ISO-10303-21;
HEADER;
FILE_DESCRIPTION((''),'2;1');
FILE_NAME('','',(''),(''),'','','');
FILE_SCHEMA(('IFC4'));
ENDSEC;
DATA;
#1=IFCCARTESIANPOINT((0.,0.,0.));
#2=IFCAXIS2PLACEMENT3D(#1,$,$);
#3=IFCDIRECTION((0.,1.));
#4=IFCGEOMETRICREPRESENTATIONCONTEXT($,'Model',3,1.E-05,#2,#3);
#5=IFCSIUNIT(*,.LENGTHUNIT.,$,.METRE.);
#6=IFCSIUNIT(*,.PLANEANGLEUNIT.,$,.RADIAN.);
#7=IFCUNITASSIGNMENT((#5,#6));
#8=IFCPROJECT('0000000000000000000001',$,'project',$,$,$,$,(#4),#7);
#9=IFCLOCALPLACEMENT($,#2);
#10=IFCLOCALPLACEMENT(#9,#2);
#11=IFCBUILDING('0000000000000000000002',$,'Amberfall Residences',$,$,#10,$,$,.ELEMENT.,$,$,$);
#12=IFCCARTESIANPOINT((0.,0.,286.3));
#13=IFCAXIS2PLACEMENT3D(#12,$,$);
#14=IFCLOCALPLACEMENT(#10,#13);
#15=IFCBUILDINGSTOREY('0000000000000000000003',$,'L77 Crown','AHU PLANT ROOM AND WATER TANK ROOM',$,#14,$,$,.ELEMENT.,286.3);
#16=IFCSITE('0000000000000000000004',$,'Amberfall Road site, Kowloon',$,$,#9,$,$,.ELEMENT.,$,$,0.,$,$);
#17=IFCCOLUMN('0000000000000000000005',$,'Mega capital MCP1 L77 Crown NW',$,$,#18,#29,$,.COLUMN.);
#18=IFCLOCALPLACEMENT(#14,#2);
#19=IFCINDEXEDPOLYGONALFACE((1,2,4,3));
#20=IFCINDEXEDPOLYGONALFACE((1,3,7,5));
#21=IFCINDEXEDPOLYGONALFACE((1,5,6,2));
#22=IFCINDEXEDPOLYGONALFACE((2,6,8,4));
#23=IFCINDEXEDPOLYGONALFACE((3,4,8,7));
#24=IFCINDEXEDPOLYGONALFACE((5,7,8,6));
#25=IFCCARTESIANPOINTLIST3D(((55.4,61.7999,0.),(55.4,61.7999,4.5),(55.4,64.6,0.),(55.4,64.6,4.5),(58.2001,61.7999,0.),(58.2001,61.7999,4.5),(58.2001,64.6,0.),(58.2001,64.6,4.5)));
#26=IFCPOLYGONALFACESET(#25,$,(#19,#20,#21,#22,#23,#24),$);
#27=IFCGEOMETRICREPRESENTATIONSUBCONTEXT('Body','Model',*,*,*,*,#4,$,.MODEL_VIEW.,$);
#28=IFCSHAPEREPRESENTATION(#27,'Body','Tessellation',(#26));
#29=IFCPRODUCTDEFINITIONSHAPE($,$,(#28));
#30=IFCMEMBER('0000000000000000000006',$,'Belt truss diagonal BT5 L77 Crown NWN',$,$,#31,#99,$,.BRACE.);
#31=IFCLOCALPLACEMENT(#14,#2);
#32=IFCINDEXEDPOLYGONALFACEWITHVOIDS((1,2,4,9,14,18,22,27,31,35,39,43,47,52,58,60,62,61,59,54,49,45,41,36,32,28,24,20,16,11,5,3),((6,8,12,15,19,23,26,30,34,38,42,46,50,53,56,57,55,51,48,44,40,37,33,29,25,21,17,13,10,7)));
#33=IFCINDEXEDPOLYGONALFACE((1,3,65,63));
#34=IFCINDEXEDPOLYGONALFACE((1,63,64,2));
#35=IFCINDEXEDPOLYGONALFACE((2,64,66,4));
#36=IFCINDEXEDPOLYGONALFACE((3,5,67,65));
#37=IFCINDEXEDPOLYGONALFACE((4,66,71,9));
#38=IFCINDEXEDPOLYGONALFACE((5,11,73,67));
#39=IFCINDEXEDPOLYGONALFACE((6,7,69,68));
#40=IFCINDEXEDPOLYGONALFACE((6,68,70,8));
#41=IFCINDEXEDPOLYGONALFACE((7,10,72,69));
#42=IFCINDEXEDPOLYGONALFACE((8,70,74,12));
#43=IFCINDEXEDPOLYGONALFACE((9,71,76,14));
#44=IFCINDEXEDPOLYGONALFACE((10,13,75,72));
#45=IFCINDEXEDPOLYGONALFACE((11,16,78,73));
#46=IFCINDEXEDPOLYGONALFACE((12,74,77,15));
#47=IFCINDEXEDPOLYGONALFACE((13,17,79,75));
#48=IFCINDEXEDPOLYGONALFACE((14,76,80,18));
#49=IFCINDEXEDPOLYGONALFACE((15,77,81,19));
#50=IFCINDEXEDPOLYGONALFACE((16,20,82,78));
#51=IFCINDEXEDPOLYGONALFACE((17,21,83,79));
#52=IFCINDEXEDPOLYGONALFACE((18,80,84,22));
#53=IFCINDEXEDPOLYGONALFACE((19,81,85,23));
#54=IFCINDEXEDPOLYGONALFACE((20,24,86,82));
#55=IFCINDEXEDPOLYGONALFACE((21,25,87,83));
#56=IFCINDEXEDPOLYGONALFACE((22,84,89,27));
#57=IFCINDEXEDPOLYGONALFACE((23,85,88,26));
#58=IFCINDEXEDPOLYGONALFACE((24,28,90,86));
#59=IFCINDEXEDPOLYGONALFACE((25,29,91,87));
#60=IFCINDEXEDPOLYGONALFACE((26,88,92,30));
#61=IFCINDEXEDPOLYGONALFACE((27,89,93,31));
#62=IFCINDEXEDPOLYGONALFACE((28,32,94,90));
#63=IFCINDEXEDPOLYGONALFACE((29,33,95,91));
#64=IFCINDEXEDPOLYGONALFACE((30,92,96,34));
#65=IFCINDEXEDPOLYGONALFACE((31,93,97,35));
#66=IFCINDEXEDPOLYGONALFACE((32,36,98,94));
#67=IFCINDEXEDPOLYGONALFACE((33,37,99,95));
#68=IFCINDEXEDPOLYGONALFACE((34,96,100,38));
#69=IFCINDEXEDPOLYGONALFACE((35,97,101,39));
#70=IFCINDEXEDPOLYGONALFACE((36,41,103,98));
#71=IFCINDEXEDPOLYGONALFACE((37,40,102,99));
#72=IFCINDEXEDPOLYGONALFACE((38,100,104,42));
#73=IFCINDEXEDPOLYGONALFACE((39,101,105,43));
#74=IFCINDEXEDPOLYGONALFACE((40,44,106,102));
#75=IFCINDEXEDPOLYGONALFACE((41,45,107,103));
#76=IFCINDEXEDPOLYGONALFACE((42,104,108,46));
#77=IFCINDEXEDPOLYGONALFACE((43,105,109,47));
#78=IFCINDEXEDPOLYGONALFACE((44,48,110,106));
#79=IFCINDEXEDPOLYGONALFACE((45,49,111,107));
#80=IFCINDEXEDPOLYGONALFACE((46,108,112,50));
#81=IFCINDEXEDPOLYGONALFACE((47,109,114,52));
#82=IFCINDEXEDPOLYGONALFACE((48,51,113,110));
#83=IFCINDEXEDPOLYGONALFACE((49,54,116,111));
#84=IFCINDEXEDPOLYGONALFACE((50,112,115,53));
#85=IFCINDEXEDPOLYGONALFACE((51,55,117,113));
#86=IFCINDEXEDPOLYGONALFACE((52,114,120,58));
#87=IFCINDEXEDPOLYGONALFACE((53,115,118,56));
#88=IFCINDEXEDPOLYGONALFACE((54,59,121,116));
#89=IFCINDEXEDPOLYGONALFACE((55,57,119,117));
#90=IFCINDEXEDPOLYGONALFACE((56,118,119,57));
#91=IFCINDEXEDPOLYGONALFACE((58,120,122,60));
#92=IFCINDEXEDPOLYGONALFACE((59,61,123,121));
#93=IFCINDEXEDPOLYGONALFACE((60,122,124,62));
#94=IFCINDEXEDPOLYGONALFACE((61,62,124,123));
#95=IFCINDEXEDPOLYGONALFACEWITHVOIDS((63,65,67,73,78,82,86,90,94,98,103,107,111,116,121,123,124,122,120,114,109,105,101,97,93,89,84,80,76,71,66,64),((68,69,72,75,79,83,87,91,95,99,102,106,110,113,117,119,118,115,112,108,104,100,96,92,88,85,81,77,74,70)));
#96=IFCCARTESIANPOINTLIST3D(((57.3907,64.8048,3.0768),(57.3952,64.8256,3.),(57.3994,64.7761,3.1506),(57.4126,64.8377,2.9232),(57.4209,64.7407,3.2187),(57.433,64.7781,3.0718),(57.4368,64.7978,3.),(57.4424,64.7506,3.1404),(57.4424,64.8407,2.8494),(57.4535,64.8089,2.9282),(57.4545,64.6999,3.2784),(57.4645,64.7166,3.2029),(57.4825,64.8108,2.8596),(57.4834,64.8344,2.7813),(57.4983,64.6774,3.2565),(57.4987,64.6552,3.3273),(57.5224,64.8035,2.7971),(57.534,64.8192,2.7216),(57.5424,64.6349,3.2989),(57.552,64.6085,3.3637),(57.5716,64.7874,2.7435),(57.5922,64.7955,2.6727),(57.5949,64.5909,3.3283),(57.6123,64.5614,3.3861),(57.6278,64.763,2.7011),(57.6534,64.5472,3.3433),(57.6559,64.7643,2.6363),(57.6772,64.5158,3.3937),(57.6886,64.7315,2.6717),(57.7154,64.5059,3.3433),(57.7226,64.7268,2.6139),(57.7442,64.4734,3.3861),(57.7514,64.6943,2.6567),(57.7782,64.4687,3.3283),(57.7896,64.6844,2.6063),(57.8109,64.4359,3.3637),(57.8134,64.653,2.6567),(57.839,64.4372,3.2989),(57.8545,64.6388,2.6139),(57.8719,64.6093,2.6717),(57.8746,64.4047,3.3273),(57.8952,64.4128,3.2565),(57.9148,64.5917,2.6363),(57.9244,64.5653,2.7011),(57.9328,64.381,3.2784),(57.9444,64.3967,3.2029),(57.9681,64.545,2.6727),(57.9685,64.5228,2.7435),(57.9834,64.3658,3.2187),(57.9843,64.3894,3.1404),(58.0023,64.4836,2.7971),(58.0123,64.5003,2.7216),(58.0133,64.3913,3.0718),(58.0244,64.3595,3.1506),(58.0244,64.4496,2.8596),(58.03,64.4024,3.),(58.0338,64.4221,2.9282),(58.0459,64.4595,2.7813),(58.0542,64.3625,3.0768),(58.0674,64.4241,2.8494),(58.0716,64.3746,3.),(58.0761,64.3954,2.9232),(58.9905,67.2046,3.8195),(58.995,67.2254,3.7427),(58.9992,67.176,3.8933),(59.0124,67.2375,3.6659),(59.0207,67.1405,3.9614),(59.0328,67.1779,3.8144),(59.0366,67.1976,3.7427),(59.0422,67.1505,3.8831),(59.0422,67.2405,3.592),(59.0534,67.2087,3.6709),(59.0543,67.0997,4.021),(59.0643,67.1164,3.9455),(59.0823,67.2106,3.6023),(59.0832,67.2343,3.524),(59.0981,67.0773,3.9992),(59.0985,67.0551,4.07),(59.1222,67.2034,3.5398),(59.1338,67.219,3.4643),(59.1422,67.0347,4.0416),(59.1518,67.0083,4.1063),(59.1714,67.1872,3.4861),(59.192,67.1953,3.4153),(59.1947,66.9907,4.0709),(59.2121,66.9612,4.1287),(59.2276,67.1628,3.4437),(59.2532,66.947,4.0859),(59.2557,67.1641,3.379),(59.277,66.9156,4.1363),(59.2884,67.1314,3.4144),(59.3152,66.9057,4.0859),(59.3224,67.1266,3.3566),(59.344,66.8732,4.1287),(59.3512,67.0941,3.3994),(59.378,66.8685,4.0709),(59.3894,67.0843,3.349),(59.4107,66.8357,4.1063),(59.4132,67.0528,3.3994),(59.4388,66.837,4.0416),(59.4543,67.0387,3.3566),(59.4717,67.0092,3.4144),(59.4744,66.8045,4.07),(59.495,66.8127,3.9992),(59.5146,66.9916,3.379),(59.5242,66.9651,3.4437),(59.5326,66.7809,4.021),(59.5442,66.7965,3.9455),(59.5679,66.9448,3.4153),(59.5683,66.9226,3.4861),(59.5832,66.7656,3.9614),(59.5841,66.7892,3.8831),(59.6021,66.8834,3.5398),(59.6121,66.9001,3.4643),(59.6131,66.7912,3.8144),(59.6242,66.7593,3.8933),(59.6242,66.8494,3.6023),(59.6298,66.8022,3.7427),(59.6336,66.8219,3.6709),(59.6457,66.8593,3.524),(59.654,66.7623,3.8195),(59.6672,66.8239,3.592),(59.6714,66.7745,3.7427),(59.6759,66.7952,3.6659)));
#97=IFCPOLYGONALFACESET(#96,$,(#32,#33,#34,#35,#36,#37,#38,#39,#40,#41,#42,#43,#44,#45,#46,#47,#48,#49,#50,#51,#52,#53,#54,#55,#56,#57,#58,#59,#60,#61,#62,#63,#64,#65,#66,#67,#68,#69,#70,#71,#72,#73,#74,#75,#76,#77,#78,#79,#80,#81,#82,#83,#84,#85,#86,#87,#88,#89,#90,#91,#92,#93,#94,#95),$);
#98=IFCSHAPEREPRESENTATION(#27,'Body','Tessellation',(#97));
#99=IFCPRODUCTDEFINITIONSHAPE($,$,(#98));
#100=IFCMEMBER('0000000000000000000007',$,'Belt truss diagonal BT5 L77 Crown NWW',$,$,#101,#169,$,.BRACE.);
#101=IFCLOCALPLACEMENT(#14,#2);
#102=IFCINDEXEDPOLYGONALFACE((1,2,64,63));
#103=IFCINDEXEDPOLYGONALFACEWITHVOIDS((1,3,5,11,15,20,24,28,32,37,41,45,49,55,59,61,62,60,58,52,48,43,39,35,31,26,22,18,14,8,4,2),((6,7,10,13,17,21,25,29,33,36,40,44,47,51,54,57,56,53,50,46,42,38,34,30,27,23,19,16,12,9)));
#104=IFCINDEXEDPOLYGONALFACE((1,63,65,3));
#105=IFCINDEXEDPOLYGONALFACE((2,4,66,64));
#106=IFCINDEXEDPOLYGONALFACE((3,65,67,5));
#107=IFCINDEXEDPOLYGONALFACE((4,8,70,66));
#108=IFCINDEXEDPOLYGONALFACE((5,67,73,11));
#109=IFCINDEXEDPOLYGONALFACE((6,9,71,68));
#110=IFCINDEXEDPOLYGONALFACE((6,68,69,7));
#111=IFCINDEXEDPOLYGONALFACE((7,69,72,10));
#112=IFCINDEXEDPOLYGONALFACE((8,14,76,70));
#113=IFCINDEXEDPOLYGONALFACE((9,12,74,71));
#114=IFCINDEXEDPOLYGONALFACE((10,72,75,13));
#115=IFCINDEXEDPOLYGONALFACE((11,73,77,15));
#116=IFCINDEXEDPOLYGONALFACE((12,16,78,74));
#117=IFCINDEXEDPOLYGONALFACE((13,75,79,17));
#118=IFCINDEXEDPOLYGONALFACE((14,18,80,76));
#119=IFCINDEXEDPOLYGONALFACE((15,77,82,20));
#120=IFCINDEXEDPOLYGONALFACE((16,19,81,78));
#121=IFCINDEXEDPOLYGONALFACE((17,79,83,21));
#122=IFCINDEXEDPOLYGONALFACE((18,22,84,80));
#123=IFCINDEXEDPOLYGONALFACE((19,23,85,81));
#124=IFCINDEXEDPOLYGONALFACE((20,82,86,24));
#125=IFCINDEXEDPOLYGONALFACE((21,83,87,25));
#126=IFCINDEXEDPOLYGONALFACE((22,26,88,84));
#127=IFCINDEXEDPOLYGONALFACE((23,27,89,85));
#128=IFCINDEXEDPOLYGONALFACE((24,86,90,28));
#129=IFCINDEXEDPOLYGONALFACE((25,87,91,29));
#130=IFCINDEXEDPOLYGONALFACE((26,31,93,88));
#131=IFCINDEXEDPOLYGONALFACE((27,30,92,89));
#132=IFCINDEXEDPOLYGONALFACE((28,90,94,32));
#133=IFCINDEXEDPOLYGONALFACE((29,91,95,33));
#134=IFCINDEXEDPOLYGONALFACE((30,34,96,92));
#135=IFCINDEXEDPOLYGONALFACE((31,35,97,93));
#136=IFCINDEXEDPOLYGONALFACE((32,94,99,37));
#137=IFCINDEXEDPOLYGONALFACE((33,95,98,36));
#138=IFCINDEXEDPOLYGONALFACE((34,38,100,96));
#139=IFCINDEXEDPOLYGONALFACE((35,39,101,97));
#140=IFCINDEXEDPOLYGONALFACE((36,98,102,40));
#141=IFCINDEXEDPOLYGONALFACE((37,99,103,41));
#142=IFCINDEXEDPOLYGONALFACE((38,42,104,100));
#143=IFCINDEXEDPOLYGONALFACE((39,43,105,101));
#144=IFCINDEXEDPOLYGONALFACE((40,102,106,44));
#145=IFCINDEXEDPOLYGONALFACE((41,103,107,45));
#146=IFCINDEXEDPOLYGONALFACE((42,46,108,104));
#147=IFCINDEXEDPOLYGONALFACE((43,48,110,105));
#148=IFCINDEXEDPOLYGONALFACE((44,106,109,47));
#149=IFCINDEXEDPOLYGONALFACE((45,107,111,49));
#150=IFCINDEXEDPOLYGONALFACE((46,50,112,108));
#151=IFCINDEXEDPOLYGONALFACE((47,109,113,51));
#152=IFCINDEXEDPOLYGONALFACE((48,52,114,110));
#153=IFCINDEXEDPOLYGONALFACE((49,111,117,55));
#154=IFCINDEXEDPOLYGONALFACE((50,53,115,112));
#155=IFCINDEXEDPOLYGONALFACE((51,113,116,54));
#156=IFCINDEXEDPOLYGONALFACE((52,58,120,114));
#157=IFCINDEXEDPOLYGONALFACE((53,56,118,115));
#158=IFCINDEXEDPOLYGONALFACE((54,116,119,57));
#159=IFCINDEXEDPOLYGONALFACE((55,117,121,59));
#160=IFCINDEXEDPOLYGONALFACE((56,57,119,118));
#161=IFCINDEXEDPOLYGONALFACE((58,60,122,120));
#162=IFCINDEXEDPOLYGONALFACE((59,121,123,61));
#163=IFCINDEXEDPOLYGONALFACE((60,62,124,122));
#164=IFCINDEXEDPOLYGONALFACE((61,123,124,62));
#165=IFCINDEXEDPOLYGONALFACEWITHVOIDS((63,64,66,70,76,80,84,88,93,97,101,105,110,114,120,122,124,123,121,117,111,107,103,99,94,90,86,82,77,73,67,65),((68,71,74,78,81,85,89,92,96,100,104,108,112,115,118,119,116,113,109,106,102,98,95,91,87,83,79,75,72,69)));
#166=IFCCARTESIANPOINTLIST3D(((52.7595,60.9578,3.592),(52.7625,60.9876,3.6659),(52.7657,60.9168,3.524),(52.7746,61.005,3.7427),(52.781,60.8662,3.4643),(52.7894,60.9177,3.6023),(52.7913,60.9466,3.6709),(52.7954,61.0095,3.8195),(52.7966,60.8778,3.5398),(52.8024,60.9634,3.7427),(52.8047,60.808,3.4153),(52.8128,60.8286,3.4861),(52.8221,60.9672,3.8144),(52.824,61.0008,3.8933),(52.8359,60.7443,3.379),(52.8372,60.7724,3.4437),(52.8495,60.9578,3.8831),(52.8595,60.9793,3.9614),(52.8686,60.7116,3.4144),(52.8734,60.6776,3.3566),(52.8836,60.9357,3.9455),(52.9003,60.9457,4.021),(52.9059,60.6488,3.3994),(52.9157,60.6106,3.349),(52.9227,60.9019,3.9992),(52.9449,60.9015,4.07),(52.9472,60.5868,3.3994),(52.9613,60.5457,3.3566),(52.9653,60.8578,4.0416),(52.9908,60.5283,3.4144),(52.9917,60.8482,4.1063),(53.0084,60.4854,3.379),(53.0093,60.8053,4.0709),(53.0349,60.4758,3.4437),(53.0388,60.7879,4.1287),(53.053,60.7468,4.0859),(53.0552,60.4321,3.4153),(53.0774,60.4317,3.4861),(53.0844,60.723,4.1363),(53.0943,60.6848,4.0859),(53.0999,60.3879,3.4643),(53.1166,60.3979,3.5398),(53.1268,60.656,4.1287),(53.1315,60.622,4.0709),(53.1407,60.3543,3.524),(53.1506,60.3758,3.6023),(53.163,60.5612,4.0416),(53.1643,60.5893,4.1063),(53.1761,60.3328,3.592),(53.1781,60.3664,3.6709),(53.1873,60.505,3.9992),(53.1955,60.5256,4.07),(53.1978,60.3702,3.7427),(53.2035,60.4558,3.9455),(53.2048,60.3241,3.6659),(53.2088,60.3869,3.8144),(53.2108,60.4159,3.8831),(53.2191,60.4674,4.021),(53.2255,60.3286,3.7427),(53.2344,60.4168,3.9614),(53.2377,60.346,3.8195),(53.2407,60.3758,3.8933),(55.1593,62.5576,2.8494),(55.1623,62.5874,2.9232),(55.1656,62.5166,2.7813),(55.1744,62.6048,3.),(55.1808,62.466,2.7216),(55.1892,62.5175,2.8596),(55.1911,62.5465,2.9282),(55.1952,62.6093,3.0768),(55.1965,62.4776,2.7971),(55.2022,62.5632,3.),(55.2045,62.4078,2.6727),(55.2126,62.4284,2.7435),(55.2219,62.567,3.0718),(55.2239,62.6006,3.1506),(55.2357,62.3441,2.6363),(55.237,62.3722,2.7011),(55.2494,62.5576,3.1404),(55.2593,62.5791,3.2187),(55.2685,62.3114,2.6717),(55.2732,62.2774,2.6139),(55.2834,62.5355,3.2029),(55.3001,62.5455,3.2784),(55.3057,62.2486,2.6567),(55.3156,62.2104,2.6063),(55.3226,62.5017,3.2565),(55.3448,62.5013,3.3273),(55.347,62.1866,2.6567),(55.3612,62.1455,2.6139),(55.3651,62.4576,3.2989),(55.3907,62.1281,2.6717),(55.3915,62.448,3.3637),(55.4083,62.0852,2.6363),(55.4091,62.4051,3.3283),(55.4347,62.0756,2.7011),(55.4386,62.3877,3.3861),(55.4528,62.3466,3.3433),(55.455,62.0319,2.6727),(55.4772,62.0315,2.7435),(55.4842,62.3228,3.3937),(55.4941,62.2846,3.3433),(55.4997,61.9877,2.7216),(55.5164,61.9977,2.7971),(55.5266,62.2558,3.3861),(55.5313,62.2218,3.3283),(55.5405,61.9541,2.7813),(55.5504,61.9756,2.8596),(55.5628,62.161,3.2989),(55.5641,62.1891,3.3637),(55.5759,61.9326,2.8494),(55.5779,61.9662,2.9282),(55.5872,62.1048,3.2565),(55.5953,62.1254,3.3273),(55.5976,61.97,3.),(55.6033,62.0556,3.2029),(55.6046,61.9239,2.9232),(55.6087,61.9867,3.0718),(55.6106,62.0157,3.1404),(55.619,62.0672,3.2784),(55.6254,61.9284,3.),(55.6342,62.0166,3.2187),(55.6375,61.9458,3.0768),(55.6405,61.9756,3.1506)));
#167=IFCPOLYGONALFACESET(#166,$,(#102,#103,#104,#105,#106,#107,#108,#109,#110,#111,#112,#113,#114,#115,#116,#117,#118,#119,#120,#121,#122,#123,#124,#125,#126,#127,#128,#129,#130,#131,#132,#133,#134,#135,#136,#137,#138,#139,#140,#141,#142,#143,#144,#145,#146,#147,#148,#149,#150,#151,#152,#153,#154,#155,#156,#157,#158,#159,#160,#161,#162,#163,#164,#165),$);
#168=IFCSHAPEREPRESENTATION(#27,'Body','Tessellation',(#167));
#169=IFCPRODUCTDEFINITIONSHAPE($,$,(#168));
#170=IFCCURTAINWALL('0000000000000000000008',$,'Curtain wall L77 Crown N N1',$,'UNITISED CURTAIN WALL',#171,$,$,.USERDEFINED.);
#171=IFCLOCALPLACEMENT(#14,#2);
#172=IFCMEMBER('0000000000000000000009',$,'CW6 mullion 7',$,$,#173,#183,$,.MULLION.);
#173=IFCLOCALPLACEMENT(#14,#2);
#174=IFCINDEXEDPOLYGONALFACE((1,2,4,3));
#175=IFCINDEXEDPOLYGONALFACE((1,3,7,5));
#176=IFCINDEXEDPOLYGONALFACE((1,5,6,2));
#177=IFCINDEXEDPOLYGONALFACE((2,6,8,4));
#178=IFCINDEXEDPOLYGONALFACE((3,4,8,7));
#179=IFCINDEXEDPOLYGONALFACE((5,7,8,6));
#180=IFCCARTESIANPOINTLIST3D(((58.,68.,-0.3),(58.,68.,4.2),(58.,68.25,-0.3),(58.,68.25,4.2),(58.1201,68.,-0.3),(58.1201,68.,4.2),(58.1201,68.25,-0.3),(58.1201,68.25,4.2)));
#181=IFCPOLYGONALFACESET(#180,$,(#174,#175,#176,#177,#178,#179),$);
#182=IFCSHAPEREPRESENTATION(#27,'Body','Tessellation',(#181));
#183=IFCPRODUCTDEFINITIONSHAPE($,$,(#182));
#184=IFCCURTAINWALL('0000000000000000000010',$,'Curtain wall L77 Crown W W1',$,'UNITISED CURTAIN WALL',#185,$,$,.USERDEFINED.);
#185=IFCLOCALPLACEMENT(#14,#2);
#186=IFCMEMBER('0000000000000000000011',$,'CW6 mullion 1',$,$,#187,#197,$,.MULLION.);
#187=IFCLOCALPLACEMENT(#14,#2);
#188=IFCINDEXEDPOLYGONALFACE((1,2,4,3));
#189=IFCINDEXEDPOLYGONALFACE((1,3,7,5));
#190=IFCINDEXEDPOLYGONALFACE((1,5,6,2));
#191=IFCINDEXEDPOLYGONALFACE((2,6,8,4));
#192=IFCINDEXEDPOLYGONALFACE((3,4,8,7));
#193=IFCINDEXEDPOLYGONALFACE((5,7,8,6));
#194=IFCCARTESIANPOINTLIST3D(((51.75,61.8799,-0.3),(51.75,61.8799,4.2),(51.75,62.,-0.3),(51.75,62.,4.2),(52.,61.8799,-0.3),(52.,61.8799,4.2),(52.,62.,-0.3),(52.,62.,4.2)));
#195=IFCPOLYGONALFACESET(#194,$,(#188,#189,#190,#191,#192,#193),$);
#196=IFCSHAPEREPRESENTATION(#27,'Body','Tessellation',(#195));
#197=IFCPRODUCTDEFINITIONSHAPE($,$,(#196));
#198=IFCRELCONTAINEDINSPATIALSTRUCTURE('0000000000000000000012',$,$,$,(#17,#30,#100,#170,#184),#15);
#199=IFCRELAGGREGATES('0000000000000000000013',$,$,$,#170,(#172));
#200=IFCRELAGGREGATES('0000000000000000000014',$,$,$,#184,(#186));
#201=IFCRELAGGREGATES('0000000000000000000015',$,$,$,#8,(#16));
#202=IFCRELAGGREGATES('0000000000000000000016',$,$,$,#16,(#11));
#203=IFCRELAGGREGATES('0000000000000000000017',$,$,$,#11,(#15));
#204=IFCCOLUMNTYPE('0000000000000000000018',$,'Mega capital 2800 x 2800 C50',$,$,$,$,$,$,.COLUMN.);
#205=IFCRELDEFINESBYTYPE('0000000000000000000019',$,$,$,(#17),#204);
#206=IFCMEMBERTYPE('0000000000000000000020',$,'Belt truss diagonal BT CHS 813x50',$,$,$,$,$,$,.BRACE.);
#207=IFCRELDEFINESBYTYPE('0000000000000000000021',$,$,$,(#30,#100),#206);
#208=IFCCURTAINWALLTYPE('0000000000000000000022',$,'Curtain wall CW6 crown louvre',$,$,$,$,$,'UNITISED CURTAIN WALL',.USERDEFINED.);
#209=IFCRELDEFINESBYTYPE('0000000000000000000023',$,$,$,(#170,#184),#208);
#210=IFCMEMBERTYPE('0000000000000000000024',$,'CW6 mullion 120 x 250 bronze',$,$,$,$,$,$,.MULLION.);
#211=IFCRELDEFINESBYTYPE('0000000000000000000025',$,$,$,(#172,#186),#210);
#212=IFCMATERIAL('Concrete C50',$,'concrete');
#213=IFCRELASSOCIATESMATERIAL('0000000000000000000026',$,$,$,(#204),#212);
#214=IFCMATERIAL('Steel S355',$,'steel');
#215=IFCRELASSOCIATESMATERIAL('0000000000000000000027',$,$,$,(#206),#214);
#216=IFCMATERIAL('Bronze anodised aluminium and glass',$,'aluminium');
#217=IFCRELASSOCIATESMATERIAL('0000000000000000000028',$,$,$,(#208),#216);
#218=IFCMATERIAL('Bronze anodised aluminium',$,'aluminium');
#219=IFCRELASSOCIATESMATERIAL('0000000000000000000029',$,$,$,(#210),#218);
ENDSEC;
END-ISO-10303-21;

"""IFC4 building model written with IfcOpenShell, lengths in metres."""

from ifc_helpers import new_model, si_unit, direction, frame, origin, origin_2d, place, context, subcontext, project, spatial, rectangle, hollow_circle, extrude, material, material_profile, profile_set, type_object, element, aggregate, save


model = new_model("IFC4")

# Units and contexts
model_context = context("Model", 3, precision=1e-05, world=origin(), true_north=direction((0.0, 1.0)))
body_context = subcontext(model_context, "Body", "Model", "MODEL_VIEW")
ifc_project = project(units=[si_unit("LENGTHUNIT", "METRE"), si_unit("PLANEANGLEUNIT", "RADIAN")], contexts=[model_context])

# Site, building, storey
site_placement = place(None, origin())
site = spatial("IfcSite", under=ifc_project, at=site_placement, Name="Amberfall Road site, Kowloon", CompositionType="ELEMENT", RefElevation=0.0)
building_placement = place(site_placement, origin())
building = spatial("IfcBuilding", under=site, at=building_placement, Name="Amberfall Residences", CompositionType="ELEMENT")
storey_placement = place(building_placement, frame((0.0, 0.0, 286.3)))
storey = spatial("IfcBuildingStorey", under=building, at=storey_placement, Name="L77 Crown", Description="AHU PLANT ROOM AND WATER TANK ROOM", CompositionType="ELEMENT", Elevation=286.3)

# Column
ifc_material_1 = material(Name="Concrete C50", Category="concrete")
ifc_material_profile_1 = material_profile(ifc_material_1, rectangle(XDim=2.8, YDim=2.8, at=origin_2d()), Name="Mega capital 2800 x 2800 C50")
ifc_profile_set_1 = profile_set([ifc_material_profile_1], Name="Concrete C50")
column_type = type_object("IfcColumnType", Name="Mega capital 2800 x 2800 C50", PredefinedType="COLUMN", material=ifc_profile_set_1)
column_placement = place(storey_placement, frame((56.8, 63.2, 0.0), z_axis=(0.0, 0.0, 1.0), x_axis=(1.0, 0.0, 0.0)))
element("IfcColumn", 1, at=column_placement, inside=storey, type_object=column_type, Name="Mega capital MCP1 L77 Crown NW", PredefinedType="COLUMN", context=body_context, shape_type="SweptSolid", body=[
    extrude(rectangle(XDim=2.8, YDim=2.8, at=origin_2d()), origin(), (0.0, 0.0, 1.0), 4.5),
])

# Members
ifc_material_2 = material(Name="Steel S355", Category="steel")
ifc_material_profile_2 = material_profile(ifc_material_2, hollow_circle(Radius=0.4065, WallThickness=0.05, at=origin_2d()), Name="CHS 813x50")
ifc_profile_set_2 = profile_set([ifc_material_profile_2], Name="Steel S355")
member_type_1 = type_object("IfcMemberType", Name="Belt truss diagonal BT CHS 813x50", PredefinedType="BRACE", material=ifc_profile_set_2)
for number, where, z_axis, x_axis, name in (
    (2, (57.7334, 64.6001, 3.0), (0.537159, 0.80578, 0.249357), (-0.832063, 0.554681, 0.0), "Belt truss diagonal BT5 L77 Crown NWN"),
    (3, (55.3999, 62.2666, 3.0), (-0.80578, -0.537159, 0.249357), (0.554681, -0.832063, 0.0), "Belt truss diagonal BT5 L77 Crown NWW"),
):
    element("IfcMember", number, at=place(storey_placement, frame(where, z_axis=z_axis, x_axis=x_axis)), inside=storey, type_object=member_type_1, Name=name, PredefinedType="BRACE", context=body_context, shape_type="SweptSolid", body=[
        extrude(hollow_circle(Radius=0.4065, WallThickness=0.05, at=origin_2d()), origin(), (0.0, 0.0, 1.0), 2.9783),
    ])

# Curtain wall, member
ifc_material_3 = material(Name="Bronze anodised aluminium and glass", Category="aluminium")
curtain_wall_type = type_object("IfcCurtainWallType", Name="Curtain wall CW6 crown louvre", ElementType="UNITISED CURTAIN WALL", PredefinedType="USERDEFINED", material=ifc_material_3)
curtain_wall_1_placement = place(storey_placement, origin())
curtain_wall_1 = element("IfcCurtainWall", 4, at=curtain_wall_1_placement, inside=storey, type_object=curtain_wall_type, Name="Curtain wall L77 Crown N N1", ObjectType="UNITISED CURTAIN WALL", PredefinedType="USERDEFINED")
ifc_material_4 = material(Name="Bronze anodised aluminium", Category="aluminium")
ifc_material_profile_3 = material_profile(ifc_material_4, rectangle(XDim=0.25, YDim=0.1201, at=origin_2d()), Name="CW6 mullion 120 x 250 bronze")
ifc_profile_set_3 = profile_set([ifc_material_profile_3], Name="Bronze anodised aluminium")
member_type_2 = type_object("IfcMemberType", Name="CW6 mullion 120 x 250 bronze", PredefinedType="MULLION", material=ifc_profile_set_3)
member_1_placement = place(storey_placement, frame((58.0601, 68.125, -0.3), z_axis=(0.0, 0.0, 1.0), x_axis=(0.0, -1.0, 0.0)))
member_1 = element("IfcMember", 5, at=member_1_placement, type_object=member_type_2, Name="CW6 mullion 7", PredefinedType="MULLION", context=body_context, shape_type="SweptSolid", body=[
    extrude(rectangle(XDim=0.25, YDim=0.1201, at=origin_2d()), origin(), (0.0, 0.0, 1.0), 4.5),
])
aggregate(curtain_wall_1, [member_1])

# Curtain wall, member
curtain_wall_2_placement = place(storey_placement, origin())
curtain_wall_2 = element("IfcCurtainWall", 6, at=curtain_wall_2_placement, inside=storey, type_object=curtain_wall_type, Name="Curtain wall L77 Crown W W1", ObjectType="UNITISED CURTAIN WALL", PredefinedType="USERDEFINED")
member_2_placement = place(storey_placement, frame((51.875, 61.9399, -0.3), z_axis=(0.0, 0.0, 1.0), x_axis=(1.0, 0.0, 0.0)))
member_2 = element("IfcMember", 7, at=member_2_placement, type_object=member_type_2, Name="CW6 mullion 1", PredefinedType="MULLION", context=body_context, shape_type="SweptSolid", body=[
    extrude(rectangle(XDim=0.25, YDim=0.1201, at=origin_2d()), origin(), (0.0, 0.0, 1.0), 4.5),
])

aggregate(curtain_wall_2, [member_2])

save(model, "model.ifc")
